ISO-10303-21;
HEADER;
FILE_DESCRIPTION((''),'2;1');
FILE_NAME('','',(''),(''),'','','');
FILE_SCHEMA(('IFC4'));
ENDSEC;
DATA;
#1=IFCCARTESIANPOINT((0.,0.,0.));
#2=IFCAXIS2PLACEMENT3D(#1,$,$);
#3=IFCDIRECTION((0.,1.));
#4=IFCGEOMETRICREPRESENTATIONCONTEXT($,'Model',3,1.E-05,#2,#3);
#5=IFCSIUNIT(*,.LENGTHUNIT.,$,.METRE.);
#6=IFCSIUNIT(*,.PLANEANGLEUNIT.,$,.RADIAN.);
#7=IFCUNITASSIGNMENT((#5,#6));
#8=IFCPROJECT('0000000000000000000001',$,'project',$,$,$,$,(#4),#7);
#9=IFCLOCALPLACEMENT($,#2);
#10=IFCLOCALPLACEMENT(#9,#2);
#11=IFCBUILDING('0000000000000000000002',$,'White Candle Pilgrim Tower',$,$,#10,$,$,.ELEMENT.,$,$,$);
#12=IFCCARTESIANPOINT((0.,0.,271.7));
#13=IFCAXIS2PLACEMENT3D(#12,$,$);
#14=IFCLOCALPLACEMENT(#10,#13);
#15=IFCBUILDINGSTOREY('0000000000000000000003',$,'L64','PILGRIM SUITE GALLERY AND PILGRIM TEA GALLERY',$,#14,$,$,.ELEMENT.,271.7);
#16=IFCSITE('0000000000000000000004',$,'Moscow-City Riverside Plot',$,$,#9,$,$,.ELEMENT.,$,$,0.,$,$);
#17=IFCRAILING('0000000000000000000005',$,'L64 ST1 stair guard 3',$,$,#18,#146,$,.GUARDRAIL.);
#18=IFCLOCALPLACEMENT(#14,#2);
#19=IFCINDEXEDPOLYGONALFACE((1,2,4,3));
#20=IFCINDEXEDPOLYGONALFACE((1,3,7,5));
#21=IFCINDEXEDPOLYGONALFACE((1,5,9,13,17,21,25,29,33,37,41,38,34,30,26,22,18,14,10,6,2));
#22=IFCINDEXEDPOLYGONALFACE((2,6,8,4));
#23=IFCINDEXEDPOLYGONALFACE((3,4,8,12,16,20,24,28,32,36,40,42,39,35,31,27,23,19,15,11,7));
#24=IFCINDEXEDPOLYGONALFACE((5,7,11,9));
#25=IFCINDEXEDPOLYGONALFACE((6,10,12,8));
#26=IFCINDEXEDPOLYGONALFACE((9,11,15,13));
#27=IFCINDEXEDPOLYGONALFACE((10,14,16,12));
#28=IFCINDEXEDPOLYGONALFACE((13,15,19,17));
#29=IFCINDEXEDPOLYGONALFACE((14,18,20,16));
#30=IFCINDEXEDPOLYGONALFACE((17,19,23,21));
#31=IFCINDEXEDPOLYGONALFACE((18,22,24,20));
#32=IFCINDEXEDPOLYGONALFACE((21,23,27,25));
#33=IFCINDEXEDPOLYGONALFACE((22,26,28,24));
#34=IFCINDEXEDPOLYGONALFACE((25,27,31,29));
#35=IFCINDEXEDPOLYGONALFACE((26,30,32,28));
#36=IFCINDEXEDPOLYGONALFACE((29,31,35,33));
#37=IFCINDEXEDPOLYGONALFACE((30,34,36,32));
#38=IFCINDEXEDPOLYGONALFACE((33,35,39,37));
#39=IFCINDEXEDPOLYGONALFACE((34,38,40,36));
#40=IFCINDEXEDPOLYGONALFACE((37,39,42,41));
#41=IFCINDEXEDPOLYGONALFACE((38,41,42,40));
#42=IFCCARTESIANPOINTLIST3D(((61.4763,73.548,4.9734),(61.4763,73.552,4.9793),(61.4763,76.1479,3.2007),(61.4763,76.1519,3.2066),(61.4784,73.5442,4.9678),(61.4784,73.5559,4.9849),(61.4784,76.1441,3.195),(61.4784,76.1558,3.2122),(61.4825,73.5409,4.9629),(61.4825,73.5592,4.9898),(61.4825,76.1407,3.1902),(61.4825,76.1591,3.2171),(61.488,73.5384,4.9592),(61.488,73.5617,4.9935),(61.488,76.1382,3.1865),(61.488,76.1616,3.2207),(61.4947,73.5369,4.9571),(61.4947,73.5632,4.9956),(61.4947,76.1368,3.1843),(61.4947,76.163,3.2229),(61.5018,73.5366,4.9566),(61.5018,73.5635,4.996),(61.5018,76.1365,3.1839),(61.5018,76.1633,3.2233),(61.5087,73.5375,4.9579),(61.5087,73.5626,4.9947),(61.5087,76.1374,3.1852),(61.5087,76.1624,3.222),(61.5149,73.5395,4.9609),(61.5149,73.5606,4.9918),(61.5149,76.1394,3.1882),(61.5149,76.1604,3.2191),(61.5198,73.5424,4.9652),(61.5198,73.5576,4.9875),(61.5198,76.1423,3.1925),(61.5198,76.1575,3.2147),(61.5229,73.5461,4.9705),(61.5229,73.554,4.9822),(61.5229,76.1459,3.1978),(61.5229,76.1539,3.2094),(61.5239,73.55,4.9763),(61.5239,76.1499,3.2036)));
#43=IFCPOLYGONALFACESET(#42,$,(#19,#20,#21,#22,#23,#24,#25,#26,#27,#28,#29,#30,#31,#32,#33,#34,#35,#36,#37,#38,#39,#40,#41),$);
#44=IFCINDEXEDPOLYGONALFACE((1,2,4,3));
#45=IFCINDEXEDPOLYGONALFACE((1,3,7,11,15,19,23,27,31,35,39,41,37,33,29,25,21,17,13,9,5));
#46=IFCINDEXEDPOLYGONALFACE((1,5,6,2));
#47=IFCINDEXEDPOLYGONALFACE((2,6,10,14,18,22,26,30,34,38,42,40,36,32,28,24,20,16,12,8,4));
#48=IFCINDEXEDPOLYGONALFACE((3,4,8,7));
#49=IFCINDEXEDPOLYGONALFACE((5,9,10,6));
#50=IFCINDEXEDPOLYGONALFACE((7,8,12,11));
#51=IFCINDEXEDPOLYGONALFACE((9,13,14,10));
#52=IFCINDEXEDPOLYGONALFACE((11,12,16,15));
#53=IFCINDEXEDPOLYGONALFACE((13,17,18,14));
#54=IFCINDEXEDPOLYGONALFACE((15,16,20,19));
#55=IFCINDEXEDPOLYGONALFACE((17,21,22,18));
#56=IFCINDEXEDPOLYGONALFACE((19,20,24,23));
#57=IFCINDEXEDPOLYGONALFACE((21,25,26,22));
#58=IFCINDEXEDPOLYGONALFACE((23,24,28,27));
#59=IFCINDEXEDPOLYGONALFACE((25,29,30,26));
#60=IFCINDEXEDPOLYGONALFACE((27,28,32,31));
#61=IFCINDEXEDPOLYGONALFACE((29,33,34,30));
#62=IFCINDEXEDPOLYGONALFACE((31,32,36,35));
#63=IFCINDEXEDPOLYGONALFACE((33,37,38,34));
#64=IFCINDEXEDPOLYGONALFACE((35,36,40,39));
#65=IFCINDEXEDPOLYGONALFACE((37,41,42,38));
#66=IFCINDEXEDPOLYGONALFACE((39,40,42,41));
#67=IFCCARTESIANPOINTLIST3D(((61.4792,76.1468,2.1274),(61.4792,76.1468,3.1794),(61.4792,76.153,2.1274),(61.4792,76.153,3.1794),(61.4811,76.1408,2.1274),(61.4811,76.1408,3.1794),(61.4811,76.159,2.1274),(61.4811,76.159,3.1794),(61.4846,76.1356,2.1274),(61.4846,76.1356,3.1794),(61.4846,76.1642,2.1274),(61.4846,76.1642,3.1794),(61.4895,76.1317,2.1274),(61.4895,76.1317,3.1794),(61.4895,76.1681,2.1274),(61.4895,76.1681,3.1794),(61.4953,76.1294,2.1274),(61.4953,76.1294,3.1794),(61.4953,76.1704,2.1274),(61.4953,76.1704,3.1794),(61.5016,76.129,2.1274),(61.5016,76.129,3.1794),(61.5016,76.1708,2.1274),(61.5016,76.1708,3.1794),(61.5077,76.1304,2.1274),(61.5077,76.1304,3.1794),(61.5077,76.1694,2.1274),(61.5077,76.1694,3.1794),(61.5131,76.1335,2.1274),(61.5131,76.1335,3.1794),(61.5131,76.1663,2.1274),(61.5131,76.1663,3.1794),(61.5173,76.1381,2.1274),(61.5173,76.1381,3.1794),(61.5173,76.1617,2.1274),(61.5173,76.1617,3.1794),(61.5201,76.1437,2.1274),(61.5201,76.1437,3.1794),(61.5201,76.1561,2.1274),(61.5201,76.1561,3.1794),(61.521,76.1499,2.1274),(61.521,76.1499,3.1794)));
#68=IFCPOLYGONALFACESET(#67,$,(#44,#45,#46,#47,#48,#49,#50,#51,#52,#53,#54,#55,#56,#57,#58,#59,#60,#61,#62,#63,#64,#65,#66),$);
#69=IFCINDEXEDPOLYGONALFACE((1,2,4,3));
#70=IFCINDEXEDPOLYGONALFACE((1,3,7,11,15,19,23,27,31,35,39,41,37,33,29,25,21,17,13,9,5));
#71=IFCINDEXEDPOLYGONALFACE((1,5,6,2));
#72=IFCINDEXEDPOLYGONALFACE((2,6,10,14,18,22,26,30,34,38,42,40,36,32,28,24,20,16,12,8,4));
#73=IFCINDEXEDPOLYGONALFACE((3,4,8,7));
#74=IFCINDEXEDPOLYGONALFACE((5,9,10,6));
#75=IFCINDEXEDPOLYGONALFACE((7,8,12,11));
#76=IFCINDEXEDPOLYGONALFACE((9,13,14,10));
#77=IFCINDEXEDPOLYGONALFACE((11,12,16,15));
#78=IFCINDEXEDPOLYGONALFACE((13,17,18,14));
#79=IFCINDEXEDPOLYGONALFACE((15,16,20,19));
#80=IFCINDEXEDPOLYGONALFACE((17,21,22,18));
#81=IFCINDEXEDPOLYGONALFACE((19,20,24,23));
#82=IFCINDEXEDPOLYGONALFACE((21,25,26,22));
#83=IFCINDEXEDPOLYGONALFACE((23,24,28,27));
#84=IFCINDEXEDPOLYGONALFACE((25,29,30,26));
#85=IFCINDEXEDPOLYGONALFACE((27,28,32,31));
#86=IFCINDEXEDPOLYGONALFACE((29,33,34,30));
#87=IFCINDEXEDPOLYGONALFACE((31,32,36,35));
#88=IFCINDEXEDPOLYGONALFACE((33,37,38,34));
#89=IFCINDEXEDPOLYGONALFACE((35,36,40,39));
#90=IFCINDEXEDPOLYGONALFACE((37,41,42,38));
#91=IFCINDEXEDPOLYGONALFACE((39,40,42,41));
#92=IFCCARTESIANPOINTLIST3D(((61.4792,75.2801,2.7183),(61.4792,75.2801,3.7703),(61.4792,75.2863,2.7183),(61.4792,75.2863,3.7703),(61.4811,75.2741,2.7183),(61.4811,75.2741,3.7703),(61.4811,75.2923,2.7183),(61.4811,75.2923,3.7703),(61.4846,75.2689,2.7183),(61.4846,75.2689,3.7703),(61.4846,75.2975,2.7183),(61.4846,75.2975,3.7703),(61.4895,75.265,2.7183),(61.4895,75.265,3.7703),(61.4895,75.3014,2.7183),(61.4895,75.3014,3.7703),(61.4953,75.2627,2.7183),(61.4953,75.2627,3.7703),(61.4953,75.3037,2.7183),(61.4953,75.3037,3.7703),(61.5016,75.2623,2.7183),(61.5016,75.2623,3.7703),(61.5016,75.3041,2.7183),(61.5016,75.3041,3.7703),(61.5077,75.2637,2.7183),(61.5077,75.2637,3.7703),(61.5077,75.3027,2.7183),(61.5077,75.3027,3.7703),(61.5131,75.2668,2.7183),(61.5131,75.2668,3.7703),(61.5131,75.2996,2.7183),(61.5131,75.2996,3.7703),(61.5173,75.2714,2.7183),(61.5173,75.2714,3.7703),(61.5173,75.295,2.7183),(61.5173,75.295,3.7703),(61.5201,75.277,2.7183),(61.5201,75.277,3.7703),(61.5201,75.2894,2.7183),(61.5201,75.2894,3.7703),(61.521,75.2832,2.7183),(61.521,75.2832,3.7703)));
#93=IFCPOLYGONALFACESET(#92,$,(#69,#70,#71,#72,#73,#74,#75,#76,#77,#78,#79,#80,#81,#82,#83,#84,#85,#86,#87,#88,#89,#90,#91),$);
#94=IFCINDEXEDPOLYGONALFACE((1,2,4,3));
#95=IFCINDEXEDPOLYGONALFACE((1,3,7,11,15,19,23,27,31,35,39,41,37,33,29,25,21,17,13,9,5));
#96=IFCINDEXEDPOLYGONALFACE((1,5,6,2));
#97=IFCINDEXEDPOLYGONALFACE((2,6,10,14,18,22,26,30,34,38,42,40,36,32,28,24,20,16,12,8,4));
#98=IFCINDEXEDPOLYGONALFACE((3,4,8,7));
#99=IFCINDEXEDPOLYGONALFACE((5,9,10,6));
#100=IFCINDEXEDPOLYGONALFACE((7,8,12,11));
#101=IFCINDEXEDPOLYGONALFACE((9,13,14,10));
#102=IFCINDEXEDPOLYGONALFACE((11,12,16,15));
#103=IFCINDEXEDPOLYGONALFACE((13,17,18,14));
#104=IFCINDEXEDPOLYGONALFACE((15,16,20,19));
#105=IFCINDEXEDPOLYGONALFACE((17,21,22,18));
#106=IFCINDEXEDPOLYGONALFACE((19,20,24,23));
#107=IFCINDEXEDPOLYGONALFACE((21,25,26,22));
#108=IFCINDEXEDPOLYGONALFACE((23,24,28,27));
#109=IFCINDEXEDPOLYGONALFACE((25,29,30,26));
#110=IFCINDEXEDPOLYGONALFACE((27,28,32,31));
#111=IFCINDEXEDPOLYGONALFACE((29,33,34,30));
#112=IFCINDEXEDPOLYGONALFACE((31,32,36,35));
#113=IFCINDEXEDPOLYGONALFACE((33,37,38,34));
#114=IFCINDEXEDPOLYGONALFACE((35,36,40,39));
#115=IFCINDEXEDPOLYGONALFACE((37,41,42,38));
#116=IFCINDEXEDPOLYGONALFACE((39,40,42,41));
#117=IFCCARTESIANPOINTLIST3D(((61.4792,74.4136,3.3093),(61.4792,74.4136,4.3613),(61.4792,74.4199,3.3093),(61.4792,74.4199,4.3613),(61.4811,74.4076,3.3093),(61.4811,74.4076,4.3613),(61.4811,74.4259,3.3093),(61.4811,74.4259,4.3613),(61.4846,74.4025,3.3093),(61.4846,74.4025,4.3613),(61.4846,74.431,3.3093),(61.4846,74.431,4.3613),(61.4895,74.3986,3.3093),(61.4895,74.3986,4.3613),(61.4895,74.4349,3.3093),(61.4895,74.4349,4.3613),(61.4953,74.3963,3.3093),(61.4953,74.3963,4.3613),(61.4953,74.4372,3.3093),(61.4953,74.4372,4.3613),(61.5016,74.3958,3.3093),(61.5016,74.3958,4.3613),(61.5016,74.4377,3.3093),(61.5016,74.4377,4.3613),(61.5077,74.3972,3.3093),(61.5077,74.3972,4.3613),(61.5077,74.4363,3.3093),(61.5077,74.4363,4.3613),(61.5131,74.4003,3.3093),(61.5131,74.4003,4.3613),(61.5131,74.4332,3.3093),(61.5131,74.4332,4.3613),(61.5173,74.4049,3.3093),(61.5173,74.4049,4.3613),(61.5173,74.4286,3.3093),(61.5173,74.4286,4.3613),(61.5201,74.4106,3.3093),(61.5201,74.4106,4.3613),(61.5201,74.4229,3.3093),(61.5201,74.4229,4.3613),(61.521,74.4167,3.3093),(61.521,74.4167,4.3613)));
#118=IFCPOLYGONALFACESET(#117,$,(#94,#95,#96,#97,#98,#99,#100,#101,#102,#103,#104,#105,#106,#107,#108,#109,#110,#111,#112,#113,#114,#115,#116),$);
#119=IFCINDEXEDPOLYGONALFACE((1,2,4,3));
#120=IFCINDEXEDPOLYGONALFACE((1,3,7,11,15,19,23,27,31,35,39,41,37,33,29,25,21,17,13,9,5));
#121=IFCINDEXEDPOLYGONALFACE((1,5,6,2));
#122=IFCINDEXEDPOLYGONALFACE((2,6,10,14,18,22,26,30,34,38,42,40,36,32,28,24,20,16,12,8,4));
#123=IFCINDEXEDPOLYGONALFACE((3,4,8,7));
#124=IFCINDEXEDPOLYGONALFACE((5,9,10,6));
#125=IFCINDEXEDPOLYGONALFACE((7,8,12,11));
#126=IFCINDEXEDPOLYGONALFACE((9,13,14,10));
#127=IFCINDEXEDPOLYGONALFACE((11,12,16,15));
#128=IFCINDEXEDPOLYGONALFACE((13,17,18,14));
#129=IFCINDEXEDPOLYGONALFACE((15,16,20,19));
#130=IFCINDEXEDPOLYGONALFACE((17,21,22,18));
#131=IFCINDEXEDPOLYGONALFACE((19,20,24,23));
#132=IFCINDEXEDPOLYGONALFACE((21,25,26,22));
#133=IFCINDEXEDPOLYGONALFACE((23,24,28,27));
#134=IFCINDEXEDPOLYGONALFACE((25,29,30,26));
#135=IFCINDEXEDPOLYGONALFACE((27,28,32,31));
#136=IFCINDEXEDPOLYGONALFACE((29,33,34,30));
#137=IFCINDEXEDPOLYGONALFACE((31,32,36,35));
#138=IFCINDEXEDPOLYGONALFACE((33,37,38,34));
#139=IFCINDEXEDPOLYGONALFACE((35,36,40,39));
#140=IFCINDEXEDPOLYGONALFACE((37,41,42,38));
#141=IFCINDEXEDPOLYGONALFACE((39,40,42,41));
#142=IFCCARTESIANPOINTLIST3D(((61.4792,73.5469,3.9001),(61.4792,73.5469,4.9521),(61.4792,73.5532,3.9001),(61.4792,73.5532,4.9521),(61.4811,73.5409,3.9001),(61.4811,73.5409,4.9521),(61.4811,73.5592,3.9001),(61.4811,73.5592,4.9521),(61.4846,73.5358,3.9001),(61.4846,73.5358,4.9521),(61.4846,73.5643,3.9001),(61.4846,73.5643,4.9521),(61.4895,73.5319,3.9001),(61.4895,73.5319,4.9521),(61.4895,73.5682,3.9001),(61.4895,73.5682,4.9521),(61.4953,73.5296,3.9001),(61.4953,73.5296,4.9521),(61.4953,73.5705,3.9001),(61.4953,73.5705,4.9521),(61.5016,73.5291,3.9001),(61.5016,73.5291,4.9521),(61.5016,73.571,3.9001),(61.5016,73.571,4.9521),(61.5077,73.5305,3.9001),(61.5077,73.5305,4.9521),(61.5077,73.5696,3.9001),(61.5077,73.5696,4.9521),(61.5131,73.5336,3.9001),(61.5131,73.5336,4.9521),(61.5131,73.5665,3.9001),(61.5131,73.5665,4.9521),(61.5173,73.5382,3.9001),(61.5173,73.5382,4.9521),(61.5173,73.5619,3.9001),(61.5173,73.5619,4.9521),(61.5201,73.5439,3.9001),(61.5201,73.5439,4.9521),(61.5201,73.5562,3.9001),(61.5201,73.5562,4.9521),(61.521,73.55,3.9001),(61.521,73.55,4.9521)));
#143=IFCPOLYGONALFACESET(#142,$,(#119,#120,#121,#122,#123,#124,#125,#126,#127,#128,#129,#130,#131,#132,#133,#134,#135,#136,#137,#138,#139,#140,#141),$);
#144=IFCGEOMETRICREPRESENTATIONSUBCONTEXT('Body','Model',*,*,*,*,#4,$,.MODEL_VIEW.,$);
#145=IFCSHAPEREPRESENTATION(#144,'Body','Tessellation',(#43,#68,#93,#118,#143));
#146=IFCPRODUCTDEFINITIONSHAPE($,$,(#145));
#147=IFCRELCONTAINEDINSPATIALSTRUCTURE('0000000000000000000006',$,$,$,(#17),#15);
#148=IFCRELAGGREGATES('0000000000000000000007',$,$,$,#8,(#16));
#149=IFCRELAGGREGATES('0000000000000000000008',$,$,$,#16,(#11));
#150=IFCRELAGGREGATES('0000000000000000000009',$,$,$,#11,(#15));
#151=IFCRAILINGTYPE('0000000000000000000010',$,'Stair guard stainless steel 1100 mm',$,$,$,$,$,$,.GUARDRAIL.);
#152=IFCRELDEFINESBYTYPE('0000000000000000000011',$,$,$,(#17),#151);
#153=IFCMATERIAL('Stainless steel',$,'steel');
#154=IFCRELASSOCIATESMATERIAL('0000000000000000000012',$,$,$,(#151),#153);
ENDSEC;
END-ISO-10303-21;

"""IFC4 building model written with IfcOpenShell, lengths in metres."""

from ifc_helpers import new_model, si_unit, direction, frame, origin, origin_2d, place, context, subcontext, project, spatial, circle, extrude, material, type_object, element, save


model = new_model("IFC4")

# Units and contexts
model_context = context("Model", 3, precision=1e-05, world=origin(), true_north=direction((0.0, 1.0)))
body_context = subcontext(model_context, "Body", "Model", "MODEL_VIEW")
ifc_project = project(units=[si_unit("LENGTHUNIT", "METRE"), si_unit("PLANEANGLEUNIT", "RADIAN")], contexts=[model_context])

# Site, building, storey
site_placement = place(None, origin())
site = spatial("IfcSite", under=ifc_project, at=site_placement, Name="Moscow-City Riverside Plot", CompositionType="ELEMENT", RefElevation=0.0)
building_placement = place(site_placement, origin())
building = spatial("IfcBuilding", under=site, at=building_placement, Name="White Candle Pilgrim Tower", CompositionType="ELEMENT")
storey_placement = place(building_placement, frame((0.0, 0.0, 271.7)))
storey = spatial("IfcBuildingStorey", under=building, at=storey_placement, Name="L64", Description="PILGRIM SUITE GALLERY AND PILGRIM TEA GALLERY", CompositionType="ELEMENT", Elevation=271.7)

# Shared definitions
ifc_material_1 = material(Name="Stainless steel", Category="steel")

# Railing
railing_type_1 = type_object("IfcRailingType", Name="Stair guard stainless steel 1100 mm", PredefinedType="GUARDRAIL", material=ifc_material_1)
railing_1_placement = place(storey_placement, frame((61.5, 76.1499, 2.1274)))
element("IfcRailing", 1, at=railing_1_placement, inside=storey, type_object=railing_type_1, Name="L64 ST1 stair guard 3", PredefinedType="GUARDRAIL", context=body_context, shape_type="SweptSolid", body=[
    extrude(circle(Radius=0.0239, at=origin_2d()), frame((0.0, 0.0, 1.0762), z_axis=(0.0, -0.826216, 0.563354), x_axis=(1.0, 0.0, 0.0)), (0.0, 0.0, 1.0), 3.1467),
    extrude(circle(Radius=0.021, at=origin_2d()), origin(), (0.0, 0.0, 1.0), 1.052),
    extrude(circle(Radius=0.021, at=origin_2d()), frame((0.0, -0.8667, 0.5908)), (0.0, 0.0, 1.0), 1.052),
    extrude(circle(Radius=0.021, at=origin_2d()), frame((0.0, -1.7332, 1.1819)), (0.0, 0.0, 1.0), 1.052),
    extrude(circle(Radius=0.021, at=origin_2d()), frame((0.0, -2.5999, 1.7727)), (0.0, 0.0, 1.0), 1.052),
])

save(model, "model.ifc")
